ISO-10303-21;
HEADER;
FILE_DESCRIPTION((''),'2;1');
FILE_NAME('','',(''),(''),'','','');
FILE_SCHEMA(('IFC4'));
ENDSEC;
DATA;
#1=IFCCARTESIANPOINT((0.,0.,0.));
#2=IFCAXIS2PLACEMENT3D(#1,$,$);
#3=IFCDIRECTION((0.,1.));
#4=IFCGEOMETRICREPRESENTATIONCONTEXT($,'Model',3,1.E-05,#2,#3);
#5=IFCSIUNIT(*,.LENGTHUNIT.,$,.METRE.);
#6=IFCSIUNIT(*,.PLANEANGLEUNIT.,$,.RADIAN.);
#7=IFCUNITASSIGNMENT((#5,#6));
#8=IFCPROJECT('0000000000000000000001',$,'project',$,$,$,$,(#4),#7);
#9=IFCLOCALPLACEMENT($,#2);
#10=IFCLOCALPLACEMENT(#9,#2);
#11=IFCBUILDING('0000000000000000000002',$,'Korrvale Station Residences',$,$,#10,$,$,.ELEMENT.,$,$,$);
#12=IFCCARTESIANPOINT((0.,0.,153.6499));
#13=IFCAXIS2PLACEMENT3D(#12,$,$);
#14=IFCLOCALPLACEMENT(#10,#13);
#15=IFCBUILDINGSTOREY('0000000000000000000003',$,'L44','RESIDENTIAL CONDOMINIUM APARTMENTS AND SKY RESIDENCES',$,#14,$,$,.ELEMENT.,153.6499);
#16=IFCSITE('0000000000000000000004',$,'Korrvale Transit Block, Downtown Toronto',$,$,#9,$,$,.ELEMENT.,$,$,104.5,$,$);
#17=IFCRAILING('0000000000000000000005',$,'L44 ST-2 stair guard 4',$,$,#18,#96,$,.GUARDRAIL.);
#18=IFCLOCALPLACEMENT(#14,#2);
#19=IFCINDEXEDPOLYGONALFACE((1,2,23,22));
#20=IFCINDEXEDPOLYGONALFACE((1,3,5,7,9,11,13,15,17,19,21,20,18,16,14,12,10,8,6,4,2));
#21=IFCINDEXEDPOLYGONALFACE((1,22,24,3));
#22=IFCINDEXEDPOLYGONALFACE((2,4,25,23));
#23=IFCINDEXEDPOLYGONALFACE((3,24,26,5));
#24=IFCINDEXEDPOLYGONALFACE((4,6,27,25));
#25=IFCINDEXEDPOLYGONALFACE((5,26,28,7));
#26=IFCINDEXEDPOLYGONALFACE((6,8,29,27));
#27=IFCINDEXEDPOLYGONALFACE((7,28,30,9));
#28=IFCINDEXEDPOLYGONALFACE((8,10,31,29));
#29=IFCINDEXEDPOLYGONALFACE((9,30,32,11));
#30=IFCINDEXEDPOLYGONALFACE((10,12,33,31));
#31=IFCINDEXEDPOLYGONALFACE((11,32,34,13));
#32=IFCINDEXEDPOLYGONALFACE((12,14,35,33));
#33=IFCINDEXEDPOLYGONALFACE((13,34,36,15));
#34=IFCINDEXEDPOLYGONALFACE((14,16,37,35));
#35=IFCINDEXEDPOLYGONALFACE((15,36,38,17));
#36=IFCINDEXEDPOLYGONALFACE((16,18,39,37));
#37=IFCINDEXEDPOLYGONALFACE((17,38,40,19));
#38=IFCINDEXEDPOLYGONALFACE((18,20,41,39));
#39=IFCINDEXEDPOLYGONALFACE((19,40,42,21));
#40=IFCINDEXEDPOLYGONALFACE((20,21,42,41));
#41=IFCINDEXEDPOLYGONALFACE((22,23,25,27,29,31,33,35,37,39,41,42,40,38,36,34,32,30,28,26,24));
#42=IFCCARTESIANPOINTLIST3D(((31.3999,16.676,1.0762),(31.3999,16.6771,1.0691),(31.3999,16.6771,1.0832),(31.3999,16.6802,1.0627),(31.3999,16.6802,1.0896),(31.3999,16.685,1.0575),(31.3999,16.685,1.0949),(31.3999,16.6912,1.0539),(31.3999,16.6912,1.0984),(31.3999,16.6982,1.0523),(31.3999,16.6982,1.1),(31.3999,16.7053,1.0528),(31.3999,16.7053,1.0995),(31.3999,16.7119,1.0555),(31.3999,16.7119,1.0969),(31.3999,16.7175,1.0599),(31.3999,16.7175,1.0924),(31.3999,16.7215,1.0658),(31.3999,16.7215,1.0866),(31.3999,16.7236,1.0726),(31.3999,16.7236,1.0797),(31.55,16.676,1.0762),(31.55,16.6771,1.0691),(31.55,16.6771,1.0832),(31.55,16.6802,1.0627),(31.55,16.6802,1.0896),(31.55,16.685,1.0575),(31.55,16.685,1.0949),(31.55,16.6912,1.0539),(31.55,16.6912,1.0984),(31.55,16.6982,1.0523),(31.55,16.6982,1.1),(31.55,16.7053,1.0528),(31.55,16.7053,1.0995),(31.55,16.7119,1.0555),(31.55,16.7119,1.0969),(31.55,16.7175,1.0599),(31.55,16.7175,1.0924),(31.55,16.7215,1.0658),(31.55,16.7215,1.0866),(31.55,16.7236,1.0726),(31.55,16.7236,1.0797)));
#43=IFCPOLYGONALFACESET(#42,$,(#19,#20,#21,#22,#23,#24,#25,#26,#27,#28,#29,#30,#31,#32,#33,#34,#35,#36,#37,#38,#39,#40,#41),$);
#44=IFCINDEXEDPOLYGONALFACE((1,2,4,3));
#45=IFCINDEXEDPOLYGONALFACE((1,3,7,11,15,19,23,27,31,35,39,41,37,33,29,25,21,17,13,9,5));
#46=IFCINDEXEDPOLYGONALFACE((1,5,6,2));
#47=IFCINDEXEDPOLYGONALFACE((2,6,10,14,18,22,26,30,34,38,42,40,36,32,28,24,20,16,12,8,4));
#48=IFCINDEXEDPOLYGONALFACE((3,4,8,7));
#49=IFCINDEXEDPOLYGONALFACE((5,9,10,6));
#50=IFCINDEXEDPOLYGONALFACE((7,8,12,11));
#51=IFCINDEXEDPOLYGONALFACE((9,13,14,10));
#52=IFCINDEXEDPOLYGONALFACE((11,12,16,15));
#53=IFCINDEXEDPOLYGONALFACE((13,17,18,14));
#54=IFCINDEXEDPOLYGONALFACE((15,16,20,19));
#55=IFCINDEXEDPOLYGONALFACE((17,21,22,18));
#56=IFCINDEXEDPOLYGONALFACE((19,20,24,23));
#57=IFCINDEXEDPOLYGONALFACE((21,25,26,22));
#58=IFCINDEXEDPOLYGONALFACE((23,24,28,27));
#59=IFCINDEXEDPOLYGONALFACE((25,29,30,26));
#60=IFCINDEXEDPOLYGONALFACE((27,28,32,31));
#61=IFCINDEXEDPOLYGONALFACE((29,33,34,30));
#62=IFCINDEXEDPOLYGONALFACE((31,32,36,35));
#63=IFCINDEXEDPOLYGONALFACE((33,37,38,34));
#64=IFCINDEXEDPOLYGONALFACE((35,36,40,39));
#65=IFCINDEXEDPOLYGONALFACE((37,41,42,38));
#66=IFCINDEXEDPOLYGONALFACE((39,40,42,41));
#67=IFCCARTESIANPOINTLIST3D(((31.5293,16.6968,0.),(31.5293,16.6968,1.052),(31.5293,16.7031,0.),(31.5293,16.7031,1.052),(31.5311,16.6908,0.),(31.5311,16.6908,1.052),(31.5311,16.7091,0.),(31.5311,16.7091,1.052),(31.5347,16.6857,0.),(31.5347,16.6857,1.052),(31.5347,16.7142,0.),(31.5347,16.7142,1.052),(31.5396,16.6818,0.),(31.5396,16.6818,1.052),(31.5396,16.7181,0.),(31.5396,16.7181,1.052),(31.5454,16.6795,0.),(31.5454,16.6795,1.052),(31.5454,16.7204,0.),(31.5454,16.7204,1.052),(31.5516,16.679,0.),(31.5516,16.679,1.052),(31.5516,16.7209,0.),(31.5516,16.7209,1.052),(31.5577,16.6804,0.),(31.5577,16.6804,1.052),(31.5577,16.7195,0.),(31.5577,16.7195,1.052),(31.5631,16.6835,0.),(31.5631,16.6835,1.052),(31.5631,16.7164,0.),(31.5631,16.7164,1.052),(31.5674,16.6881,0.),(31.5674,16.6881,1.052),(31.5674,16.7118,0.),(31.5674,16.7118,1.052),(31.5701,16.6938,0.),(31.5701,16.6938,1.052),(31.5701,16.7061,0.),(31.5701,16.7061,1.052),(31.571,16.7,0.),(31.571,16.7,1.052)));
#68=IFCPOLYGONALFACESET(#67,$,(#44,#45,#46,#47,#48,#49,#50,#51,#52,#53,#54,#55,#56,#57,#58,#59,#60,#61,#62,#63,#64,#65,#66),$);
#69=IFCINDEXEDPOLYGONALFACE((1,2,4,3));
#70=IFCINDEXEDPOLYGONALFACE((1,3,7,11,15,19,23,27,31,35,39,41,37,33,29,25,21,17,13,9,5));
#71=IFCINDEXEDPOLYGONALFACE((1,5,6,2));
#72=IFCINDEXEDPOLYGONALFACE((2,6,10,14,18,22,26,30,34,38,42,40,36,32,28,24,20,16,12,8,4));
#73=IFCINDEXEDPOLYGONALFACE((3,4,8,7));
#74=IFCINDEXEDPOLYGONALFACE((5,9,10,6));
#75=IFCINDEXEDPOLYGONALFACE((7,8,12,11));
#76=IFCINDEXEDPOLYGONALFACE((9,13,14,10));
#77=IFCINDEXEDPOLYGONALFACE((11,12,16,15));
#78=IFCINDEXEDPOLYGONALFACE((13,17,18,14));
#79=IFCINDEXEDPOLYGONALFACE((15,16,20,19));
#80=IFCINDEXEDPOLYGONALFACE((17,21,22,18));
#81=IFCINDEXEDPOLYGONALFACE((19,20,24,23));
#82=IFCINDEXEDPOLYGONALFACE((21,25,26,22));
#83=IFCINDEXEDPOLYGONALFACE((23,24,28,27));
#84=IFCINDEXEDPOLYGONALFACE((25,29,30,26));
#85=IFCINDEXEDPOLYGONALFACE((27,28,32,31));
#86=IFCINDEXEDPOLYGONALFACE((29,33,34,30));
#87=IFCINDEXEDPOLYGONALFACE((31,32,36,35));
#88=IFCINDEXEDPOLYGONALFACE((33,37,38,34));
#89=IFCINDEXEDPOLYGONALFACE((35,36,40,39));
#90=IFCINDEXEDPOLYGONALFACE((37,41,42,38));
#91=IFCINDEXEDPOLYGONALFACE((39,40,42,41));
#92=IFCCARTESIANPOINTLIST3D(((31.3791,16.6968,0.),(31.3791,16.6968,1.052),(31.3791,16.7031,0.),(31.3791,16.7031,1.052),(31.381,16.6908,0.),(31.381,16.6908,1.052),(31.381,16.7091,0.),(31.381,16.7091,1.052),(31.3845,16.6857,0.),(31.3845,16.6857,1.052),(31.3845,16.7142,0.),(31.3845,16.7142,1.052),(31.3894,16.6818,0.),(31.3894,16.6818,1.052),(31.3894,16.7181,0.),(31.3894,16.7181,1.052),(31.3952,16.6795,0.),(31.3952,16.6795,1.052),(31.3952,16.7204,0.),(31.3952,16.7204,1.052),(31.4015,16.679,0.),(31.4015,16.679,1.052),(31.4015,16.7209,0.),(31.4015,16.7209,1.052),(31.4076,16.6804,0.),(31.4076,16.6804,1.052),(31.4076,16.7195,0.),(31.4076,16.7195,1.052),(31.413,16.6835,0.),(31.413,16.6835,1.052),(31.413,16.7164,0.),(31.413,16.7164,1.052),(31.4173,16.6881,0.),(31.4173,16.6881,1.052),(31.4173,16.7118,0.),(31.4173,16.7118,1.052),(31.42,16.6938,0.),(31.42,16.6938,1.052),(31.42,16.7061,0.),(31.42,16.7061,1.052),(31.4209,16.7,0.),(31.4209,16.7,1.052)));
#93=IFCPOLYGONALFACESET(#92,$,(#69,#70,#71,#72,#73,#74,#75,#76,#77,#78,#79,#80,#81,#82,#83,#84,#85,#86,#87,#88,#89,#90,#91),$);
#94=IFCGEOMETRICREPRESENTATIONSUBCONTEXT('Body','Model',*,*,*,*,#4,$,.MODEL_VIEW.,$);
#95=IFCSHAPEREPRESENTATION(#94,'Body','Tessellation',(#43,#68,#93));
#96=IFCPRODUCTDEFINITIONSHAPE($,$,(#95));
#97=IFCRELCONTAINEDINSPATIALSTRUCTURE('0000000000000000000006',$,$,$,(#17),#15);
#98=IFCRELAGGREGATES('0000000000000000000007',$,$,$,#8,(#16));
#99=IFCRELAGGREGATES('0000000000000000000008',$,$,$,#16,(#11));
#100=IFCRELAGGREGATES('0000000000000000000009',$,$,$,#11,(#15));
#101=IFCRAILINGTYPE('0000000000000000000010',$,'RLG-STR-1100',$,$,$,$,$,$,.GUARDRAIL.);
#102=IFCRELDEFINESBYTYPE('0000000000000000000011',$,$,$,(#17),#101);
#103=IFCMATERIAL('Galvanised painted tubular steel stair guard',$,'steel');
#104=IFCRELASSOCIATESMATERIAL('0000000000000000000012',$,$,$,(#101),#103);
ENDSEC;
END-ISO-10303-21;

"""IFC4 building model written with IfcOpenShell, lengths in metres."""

from ifc_helpers import new_model, si_unit, direction, frame, origin, origin_2d, place, context, subcontext, project, spatial, circle, extrude, material, type_object, element, save


model = new_model("IFC4")

# Units and contexts
model_context = context("Model", 3, precision=1e-05, world=origin(), true_north=direction((0.0, 1.0)))
body_context = subcontext(model_context, "Body", "Model", "MODEL_VIEW")
ifc_project = project(units=[si_unit("LENGTHUNIT", "METRE"), si_unit("PLANEANGLEUNIT", "RADIAN")], contexts=[model_context])

# Site, building, storey
site_placement = place(None, origin())
site = spatial("IfcSite", under=ifc_project, at=site_placement, Name="Korrvale Transit Block, Downtown Toronto", CompositionType="ELEMENT", RefElevation=104.5)
building_placement = place(site_placement, origin())
building = spatial("IfcBuilding", under=site, at=building_placement, Name="Korrvale Station Residences", CompositionType="ELEMENT")
storey_placement = place(building_placement, frame((0.0, 0.0, 153.6499)))
storey = spatial("IfcBuildingStorey", under=building, at=storey_placement, Name="L44", Description="RESIDENTIAL CONDOMINIUM APARTMENTS AND SKY RESIDENCES", CompositionType="ELEMENT", Elevation=153.6499)

# Railing
ifc_material_1 = material(Name="Galvanised painted tubular steel stair guard", Category="steel")
railing_type_1 = type_object("IfcRailingType", Name="RLG-STR-1100", PredefinedType="GUARDRAIL", material=ifc_material_1)
railing_1_placement = place(storey_placement, frame((31.55, 16.7, 0.0)))
element("IfcRailing", 1, at=railing_1_placement, inside=storey, type_object=railing_type_1, Name="L44 ST-2 stair guard 4", PredefinedType="GUARDRAIL", context=body_context, shape_type="SweptSolid", body=[
    extrude(circle(Radius=0.0239, at=origin_2d()), frame((0.0, 0.0, 1.0762), z_axis=(-1.0, 0.0, 0.0), x_axis=(0.0, -1.0, 0.0)), (0.0, 0.0, 1.0), 0.1501),
    extrude(circle(Radius=0.021, at=origin_2d()), origin(), (0.0, 0.0, 1.0), 1.052),
    extrude(circle(Radius=0.021, at=origin_2d()), frame((-0.1501, 0.0, 0.0)), (0.0, 0.0, 1.0), 1.052),
])

save(model, "model.ifc")
